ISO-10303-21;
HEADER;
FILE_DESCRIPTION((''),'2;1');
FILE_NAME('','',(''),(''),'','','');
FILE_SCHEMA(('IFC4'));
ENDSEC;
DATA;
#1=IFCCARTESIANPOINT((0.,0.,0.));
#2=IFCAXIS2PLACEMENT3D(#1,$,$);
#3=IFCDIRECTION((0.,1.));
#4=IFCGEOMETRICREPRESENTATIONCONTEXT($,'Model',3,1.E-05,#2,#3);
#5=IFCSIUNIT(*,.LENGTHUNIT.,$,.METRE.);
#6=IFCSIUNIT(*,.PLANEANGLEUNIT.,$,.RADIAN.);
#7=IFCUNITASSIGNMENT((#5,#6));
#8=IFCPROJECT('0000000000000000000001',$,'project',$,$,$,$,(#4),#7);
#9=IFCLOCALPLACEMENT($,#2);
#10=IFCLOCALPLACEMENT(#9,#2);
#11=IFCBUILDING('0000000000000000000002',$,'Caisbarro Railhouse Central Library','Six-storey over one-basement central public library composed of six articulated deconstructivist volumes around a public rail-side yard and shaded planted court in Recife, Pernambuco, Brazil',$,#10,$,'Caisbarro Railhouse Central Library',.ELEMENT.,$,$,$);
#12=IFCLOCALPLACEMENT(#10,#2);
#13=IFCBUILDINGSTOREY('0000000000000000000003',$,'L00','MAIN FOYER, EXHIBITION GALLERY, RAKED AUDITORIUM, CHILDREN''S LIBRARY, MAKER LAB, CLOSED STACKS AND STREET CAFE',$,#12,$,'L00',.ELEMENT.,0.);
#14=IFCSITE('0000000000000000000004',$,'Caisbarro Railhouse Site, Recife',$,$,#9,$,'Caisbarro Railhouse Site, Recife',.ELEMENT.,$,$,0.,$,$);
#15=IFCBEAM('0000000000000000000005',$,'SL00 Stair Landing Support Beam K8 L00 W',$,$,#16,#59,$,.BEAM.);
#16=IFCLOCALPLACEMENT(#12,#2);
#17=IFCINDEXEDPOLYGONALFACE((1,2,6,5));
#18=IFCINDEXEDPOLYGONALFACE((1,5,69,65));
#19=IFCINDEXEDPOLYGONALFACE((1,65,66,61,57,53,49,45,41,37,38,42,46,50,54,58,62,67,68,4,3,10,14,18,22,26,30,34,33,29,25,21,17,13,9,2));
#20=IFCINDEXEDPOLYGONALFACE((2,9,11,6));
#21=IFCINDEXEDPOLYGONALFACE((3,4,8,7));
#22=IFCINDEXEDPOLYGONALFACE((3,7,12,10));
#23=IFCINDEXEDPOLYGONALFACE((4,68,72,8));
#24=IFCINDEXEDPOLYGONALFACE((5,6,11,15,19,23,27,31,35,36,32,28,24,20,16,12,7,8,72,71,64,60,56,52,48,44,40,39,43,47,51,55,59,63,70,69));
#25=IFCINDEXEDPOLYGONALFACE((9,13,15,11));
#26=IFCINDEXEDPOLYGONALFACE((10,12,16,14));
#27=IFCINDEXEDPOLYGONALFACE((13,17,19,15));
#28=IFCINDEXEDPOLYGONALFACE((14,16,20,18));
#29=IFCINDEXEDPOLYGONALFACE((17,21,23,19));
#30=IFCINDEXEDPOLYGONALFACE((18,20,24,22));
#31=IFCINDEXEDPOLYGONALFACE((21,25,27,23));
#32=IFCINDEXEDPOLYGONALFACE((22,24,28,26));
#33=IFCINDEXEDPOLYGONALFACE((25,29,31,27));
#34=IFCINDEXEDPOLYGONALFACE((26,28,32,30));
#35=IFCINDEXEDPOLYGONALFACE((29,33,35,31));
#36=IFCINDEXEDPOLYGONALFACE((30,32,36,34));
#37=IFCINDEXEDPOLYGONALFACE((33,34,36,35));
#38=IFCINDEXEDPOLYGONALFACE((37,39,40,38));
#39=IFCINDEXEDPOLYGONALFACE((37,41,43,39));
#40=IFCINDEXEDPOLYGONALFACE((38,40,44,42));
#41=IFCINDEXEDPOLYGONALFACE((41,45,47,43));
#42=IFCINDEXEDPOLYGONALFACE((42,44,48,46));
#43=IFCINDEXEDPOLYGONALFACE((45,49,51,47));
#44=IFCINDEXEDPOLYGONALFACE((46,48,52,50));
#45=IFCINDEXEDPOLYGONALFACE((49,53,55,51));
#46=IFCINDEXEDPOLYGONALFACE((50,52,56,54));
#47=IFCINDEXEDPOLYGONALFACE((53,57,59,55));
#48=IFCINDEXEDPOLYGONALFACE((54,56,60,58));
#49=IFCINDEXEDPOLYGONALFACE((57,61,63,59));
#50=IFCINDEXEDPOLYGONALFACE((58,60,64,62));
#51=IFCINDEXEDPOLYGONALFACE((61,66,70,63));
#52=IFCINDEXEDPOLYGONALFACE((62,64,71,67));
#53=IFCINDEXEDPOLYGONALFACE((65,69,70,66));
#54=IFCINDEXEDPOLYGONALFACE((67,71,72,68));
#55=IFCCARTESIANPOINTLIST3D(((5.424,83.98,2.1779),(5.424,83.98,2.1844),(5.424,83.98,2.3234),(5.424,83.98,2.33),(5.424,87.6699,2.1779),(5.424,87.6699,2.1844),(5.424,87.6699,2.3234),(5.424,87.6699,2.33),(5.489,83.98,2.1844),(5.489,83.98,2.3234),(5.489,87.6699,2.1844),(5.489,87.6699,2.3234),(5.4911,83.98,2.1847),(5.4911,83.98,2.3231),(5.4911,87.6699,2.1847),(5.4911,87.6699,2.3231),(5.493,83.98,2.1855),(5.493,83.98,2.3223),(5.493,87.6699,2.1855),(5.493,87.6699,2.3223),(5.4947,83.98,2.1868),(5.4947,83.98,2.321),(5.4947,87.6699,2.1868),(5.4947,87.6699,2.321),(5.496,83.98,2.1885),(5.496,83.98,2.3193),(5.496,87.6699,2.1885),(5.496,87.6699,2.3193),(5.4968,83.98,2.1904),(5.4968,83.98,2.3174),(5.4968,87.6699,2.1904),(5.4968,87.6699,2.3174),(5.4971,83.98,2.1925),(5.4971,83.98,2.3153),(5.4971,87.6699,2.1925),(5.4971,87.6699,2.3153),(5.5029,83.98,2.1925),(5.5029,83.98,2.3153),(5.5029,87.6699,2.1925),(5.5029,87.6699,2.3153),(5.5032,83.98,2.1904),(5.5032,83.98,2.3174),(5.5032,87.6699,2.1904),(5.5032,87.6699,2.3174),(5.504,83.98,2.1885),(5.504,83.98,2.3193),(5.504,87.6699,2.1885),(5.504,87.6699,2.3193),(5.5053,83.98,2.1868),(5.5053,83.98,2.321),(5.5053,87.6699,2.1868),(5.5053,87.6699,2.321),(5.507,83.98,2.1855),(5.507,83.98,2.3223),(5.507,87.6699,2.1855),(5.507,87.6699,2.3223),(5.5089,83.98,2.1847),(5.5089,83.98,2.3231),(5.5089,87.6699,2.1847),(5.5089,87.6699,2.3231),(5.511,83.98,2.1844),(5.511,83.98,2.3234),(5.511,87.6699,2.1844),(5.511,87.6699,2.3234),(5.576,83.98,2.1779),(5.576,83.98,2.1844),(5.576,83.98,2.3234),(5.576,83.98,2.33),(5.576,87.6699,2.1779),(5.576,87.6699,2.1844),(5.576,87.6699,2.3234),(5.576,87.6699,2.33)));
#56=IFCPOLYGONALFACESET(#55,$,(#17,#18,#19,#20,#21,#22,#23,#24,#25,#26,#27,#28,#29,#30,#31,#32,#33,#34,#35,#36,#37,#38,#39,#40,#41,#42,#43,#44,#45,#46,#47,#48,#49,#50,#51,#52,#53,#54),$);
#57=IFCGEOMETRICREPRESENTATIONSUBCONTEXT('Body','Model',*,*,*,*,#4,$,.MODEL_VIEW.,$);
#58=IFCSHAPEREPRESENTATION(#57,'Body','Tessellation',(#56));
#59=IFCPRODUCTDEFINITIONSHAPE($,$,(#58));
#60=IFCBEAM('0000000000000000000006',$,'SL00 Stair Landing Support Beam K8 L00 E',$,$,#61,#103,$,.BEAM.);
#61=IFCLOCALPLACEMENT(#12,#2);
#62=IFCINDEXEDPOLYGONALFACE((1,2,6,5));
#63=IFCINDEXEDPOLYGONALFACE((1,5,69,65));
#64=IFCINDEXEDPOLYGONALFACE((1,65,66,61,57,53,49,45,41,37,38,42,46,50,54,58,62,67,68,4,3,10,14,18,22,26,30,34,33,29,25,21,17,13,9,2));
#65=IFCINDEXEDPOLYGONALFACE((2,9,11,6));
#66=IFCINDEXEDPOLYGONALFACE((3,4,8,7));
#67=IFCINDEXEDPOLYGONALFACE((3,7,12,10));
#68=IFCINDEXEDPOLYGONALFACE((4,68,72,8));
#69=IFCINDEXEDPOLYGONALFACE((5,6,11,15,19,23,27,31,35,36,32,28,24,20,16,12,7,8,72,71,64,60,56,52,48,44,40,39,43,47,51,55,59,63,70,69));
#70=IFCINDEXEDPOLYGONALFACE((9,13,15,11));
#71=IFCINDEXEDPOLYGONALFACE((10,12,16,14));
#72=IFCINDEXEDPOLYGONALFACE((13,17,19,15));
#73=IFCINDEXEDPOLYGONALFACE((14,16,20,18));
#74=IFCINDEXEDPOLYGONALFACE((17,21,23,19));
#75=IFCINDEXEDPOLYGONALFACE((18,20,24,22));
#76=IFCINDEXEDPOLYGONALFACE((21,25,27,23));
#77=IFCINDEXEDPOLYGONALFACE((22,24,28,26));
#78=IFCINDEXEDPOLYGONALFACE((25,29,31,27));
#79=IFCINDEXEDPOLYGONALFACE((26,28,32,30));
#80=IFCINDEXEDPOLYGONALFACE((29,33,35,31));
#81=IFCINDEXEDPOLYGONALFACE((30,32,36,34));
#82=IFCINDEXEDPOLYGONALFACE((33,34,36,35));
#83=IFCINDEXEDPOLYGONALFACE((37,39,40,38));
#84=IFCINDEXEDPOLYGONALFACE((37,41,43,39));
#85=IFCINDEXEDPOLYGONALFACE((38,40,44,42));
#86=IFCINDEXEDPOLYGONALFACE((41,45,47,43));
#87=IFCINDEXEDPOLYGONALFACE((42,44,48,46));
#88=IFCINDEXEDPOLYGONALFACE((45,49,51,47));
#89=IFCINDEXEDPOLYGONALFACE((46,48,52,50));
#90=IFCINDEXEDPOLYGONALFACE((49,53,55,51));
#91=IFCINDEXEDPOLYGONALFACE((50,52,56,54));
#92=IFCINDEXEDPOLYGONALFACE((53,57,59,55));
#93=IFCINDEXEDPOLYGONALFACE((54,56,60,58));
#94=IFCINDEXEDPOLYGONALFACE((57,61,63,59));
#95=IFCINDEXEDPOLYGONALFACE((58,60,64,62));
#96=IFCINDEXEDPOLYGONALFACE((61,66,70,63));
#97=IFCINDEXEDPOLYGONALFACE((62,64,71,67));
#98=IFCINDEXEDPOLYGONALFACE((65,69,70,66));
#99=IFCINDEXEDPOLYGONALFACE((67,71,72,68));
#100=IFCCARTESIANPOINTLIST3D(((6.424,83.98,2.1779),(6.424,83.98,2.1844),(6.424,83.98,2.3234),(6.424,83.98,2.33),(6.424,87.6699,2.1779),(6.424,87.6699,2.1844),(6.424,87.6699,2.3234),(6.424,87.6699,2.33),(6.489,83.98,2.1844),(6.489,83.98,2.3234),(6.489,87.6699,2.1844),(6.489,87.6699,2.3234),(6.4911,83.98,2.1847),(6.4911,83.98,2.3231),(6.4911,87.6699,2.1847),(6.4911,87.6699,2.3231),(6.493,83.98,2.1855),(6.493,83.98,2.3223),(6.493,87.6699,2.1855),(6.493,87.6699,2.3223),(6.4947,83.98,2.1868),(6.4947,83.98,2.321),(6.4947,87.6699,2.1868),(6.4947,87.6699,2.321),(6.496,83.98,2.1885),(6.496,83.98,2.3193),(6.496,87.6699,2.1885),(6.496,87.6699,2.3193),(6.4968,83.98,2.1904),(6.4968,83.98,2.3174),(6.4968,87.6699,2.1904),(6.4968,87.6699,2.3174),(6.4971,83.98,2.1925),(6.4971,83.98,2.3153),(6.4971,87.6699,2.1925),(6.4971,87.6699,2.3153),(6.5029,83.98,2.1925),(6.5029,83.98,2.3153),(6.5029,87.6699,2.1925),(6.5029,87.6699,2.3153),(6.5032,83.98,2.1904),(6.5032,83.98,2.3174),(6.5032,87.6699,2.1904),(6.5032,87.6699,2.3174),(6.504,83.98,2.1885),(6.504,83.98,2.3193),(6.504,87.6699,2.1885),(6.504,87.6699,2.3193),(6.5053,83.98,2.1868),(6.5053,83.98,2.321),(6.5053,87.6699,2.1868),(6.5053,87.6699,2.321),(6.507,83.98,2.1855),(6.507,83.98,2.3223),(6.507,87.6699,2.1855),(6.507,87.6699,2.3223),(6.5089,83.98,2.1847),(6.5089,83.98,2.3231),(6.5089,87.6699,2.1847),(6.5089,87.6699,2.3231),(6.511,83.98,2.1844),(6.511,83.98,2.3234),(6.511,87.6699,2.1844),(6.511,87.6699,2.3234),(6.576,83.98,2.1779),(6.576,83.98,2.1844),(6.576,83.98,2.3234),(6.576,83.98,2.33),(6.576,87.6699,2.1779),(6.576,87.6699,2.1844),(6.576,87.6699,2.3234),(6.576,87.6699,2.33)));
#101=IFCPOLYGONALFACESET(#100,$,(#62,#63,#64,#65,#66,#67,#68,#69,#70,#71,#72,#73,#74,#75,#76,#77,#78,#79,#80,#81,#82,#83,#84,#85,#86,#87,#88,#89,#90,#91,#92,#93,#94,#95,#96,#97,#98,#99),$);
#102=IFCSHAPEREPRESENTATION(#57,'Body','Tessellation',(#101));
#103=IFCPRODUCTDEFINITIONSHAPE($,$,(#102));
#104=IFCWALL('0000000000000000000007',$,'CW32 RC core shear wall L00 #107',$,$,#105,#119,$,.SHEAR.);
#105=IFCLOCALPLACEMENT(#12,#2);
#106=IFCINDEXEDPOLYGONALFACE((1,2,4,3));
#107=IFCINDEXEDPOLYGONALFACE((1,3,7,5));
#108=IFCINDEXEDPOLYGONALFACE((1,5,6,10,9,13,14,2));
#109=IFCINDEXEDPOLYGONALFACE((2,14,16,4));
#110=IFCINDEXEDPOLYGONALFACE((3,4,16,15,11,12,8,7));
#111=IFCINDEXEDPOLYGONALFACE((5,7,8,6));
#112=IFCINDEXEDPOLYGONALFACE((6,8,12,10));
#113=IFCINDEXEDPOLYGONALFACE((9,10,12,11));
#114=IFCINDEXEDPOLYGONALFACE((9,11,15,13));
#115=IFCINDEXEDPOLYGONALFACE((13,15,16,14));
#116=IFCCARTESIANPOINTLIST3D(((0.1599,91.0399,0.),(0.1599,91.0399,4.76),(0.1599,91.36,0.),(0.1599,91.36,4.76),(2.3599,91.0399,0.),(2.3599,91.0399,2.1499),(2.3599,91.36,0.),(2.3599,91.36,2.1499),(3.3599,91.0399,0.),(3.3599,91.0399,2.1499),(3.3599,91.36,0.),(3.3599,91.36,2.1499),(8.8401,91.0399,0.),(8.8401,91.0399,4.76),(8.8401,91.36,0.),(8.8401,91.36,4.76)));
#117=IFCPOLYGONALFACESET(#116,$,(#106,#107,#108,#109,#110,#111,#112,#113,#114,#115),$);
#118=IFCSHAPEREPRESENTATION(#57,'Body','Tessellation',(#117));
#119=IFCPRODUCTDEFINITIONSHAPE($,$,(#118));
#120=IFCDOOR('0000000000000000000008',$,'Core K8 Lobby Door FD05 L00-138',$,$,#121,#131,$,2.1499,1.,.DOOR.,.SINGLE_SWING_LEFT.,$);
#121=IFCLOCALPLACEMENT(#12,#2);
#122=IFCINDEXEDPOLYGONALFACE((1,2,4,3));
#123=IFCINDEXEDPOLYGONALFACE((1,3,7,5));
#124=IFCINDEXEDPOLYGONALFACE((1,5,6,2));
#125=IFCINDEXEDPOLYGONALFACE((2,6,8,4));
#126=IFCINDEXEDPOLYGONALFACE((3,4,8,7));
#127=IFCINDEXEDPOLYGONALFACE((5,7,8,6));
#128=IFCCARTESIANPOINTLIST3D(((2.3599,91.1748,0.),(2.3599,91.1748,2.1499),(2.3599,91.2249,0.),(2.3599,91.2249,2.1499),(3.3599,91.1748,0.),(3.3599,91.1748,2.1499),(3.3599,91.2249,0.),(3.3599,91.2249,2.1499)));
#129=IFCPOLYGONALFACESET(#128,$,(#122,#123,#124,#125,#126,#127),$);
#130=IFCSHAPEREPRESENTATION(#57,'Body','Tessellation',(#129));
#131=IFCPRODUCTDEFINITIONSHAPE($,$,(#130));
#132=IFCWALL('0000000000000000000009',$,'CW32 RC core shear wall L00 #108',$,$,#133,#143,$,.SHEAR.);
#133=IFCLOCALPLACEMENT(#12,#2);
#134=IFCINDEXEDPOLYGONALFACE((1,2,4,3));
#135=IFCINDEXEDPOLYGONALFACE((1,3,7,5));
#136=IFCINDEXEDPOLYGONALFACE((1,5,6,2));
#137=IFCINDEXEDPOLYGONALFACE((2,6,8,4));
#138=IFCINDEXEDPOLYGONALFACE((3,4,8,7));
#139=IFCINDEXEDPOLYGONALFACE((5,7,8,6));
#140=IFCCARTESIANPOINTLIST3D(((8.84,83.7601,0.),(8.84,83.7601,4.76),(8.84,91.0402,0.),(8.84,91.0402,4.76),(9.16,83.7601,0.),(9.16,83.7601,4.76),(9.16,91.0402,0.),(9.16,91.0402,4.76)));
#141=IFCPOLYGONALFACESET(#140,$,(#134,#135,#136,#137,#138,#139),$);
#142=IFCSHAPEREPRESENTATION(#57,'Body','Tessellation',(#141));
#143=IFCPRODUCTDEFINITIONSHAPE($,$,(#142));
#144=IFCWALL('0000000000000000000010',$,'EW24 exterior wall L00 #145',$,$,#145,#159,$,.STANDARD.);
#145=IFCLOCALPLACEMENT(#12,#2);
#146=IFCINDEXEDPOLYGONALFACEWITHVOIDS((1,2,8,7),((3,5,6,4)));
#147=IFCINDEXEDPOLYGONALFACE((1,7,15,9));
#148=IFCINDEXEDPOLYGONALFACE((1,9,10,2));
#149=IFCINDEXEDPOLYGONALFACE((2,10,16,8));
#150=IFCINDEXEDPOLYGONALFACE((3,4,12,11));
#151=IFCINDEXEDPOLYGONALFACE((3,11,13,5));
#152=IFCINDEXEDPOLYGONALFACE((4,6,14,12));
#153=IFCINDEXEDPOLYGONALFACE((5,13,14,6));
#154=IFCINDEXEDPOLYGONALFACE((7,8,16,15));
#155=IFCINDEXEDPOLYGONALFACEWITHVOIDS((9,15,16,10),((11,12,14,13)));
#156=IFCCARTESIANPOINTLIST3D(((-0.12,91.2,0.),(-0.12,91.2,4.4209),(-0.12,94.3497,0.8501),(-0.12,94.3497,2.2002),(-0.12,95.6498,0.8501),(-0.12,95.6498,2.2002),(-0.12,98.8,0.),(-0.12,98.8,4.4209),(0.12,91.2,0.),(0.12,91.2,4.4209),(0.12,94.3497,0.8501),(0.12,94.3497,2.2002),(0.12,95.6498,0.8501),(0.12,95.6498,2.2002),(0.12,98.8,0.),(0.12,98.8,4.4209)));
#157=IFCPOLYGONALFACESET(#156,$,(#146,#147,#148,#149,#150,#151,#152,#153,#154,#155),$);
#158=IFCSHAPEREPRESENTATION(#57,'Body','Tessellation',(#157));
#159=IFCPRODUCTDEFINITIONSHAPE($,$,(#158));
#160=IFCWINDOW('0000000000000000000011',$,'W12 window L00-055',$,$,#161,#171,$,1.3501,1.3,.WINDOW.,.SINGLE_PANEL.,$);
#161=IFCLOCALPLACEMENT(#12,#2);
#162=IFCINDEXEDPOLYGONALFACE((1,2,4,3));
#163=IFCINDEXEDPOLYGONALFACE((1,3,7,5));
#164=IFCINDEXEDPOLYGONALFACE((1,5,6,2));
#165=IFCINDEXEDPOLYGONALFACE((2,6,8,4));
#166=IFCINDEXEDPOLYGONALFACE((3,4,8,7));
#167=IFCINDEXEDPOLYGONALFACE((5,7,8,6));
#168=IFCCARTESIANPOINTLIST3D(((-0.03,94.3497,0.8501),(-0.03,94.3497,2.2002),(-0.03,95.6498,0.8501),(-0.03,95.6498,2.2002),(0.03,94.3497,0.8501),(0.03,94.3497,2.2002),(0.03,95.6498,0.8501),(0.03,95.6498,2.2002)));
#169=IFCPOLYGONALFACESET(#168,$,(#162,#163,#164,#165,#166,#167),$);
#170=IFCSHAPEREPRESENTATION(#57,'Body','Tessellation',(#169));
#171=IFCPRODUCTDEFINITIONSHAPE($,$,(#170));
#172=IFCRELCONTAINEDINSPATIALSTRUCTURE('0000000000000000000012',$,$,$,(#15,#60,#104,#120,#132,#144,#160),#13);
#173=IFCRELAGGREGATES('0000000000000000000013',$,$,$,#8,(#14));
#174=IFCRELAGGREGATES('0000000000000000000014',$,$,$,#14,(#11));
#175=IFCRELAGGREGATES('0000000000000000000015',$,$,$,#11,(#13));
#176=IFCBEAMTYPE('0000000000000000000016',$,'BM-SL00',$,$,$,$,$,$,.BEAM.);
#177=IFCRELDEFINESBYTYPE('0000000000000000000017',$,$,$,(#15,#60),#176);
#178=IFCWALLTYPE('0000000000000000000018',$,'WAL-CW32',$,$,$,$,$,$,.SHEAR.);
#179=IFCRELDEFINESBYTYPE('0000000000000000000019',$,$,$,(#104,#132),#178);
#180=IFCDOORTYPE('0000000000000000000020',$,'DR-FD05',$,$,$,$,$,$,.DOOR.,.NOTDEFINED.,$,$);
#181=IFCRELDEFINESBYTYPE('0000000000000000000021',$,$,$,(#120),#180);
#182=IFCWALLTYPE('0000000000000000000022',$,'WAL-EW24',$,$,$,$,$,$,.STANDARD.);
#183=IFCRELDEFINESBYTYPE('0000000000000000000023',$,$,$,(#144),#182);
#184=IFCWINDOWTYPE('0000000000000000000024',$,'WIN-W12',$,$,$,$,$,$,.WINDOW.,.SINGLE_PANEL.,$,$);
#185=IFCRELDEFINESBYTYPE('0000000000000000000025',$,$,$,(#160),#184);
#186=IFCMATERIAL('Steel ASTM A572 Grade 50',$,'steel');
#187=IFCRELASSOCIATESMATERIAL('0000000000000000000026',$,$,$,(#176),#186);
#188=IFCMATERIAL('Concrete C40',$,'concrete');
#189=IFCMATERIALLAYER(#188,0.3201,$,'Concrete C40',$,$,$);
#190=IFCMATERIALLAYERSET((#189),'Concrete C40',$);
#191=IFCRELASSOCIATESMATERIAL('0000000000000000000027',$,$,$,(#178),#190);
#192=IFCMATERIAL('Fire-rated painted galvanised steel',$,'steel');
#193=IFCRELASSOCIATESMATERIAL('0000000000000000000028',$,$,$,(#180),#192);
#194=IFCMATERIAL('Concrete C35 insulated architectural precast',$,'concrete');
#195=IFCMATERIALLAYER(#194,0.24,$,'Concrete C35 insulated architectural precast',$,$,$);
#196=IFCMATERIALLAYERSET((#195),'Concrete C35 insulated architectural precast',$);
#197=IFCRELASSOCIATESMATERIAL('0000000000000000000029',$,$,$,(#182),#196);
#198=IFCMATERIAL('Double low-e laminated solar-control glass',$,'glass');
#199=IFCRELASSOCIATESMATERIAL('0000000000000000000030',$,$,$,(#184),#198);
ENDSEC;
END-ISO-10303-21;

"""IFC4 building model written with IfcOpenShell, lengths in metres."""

from ifc_helpers import new_model, si_unit, direction, frame, frame_2d, origin, origin_2d, place, context, subcontext, project, spatial, rectangle, i_section, extrude, material, layer, layer_set, material_profile, profile_set, type_object, element, fill, save


model = new_model("IFC4")

# Units and contexts
model_context = context("Model", 3, precision=1e-05, world=origin(), true_north=direction((0.0, 1.0)))
body_context = subcontext(model_context, "Body", "Model", "MODEL_VIEW")
ifc_project = project(units=[si_unit("LENGTHUNIT", "METRE"), si_unit("PLANEANGLEUNIT", "RADIAN")], contexts=[model_context])

# Site, building, storey
site_placement = place(None, origin())
site = spatial("IfcSite", under=ifc_project, at=site_placement, Name="Caisbarro Railhouse Site, Recife", LongName="Caisbarro Railhouse Site, Recife", CompositionType="ELEMENT", RefElevation=0.0)
building_placement = place(site_placement, origin())
building = spatial("IfcBuilding", under=site, at=building_placement, Name="Caisbarro Railhouse Central Library", Description="Six-storey over one-basement central public library composed of six articulated deconstructivist volumes around a public rail-side yard and shaded planted court in Recife, Pernambuco, Brazil", LongName="Caisbarro Railhouse Central Library", CompositionType="ELEMENT")
storey_placement = place(building_placement, origin())
storey = spatial("IfcBuildingStorey", under=building, at=storey_placement, Name="L00", Description="MAIN FOYER, EXHIBITION GALLERY, RAKED AUDITORIUM, CHILDREN'S LIBRARY, MAKER LAB, CLOSED STACKS AND STREET CAFE", LongName="L00", CompositionType="ELEMENT", Elevation=0.0)

# Shared definitions
ifc_material_1 = material(Name="Steel ASTM A572 Grade 50", Category="steel")

# Beams
ifc_material_2 = material(Name="Concrete C40", Category="concrete")
ifc_material_profile_1 = material_profile(ifc_material_1, i_section(OverallWidth=0.1521, OverallDepth=0.1521, WebThickness=0.0059, FlangeThickness=0.0066, FilletRadius=0.0081, at=origin_2d()), Name="W150X22.5")
ifc_profile_set_1 = profile_set([ifc_material_profile_1], Name="Steel ASTM A572 Grade 50")
beam_type_1 = type_object("IfcBeamType", Name="BM-SL00", PredefinedType="BEAM", material=ifc_profile_set_1)
for number, where, z_axis, x_axis, name in (
    (1, (5.5, 83.98, 2.2539), (0.0, 1.0, 0.0), (-1.0, 0.0, 0.0), "SL00 Stair Landing Support Beam K8 L00 W"),
    (2, (6.5, 83.98, 2.2539), (0.0, 1.0, 0.0), (-1.0, 0.0, 0.0), "SL00 Stair Landing Support Beam K8 L00 E"),
):
    element("IfcBeam", number, at=place(storey_placement, frame(where, z_axis=z_axis, x_axis=x_axis)), inside=storey, type_object=beam_type_1, Name=name, PredefinedType="BEAM", context=body_context, shape_type="SweptSolid", body=[
        extrude(i_section(OverallWidth=0.1521, OverallDepth=0.1521, WebThickness=0.0059, FlangeThickness=0.0066, FilletRadius=0.0081, at=origin_2d()), origin(), (0.0, 0.0, 1.0), 3.6899),
    ])

# Wall, opening, door
ifc_layer_1 = layer(ifc_material_2, 0.3201, Name="Concrete C40")
ifc_layer_set_1 = layer_set([ifc_layer_1], Name="Concrete C40")
wall_type_1 = type_object("IfcWallType", Name="WAL-CW32", PredefinedType="SHEAR", material=ifc_layer_set_1)
wall_1_placement = place(storey_placement, frame((0.1599, 91.2, 0.0), z_axis=(0.0, 0.0, 1.0), x_axis=(1.0, 0.0, 0.0)))
wall_1 = element("IfcWall", 3, at=wall_1_placement, inside=storey, type_object=wall_type_1, Name="CW32 RC core shear wall L00 #107", PredefinedType="SHEAR", context=body_context, shape_type="SweptSolid", body=[
    extrude(rectangle(XDim=8.6802, YDim=0.3201, at=frame_2d((4.3401, 0.0))), origin(), (0.0, 0.0, 1.0), 4.76),
])
opening_1_placement = place(wall_1_placement, frame((2.2, 0.0, 0.0)))
opening_1 = element("IfcOpeningElement", 4, at=opening_1_placement, cuts=wall_1, PredefinedType="OPENING", context=body_context, shape_type="SweptSolid", body=[
    extrude(rectangle(XDim=1.0, YDim=2.1499, at=frame_2d((0.5, 1.075))), frame((0.0, 0.1699, 0.0), z_axis=(0.0, -1.0, 0.0), x_axis=(1.0, 0.0, 0.0)), (0.0, 0.0, 1.0), 0.3401),
])
ifc_material_3 = material(Name="Fire-rated painted galvanised steel", Category="steel")
door_type_1 = type_object("IfcDoorType", Name="DR-FD05", OperationType="NOTDEFINED", PredefinedType="DOOR", material=ifc_material_3)
door_1_placement = place(opening_1_placement, origin())
door_1 = element("IfcDoor", 5, at=door_1_placement, inside=storey, type_object=door_type_1, Name="Core K8 Lobby Door FD05 L00-138", OperationType="SINGLE_SWING_LEFT", OverallHeight=2.1499, OverallWidth=1.0, PredefinedType="DOOR", context=body_context, shape_type="SweptSolid", body=[
    extrude(rectangle(XDim=1.0, YDim=2.1499, at=frame_2d((0.5, 1.075))), frame((0.0, 0.0249, 0.0), z_axis=(0.0, -1.0, 0.0), x_axis=(1.0, 0.0, 0.0)), (0.0, 0.0, 1.0), 0.05),
])
fill(opening_1, door_1)

# Wall
wall_2_placement = place(storey_placement, frame((9.0, 83.76, 0.0), z_axis=(0.0, 0.0, 1.0), x_axis=(0.0, 1.0, 0.0)))
element("IfcWall", 6, at=wall_2_placement, inside=storey, type_object=wall_type_1, Name="CW32 RC core shear wall L00 #108", PredefinedType="SHEAR", context=body_context, shape_type="SweptSolid", body=[
    extrude(rectangle(XDim=7.28, YDim=0.3201, at=frame_2d((3.6401, 0.0))), origin(), (0.0, 0.0, 1.0), 4.76),
])

# Wall, opening, window
ifc_material_4 = material(Name="Concrete C35 insulated architectural precast", Category="concrete")
ifc_layer_2 = layer(ifc_material_4, 0.24, Name="Concrete C35 insulated architectural precast")
ifc_layer_set_2 = layer_set([ifc_layer_2], Name="Concrete C35 insulated architectural precast")
wall_type_2 = type_object("IfcWallType", Name="WAL-EW24", PredefinedType="STANDARD", material=ifc_layer_set_2)
wall_3_placement = place(storey_placement, frame((0.0, 91.2, 0.0), z_axis=(0.0, 0.0, 1.0), x_axis=(0.0, 1.0, 0.0)))
wall_3 = element("IfcWall", 7, at=wall_3_placement, inside=storey, type_object=wall_type_2, Name="EW24 exterior wall L00 #145", PredefinedType="STANDARD", context=body_context, shape_type="SweptSolid", body=[
    extrude(rectangle(XDim=7.6001, YDim=0.24, at=frame_2d((3.8, 0.0))), origin(), (0.0, 0.0, 1.0), 4.4209),
])
opening_2_placement = place(wall_3_placement, frame((3.1499, 0.0, 0.8501)))
opening_2 = element("IfcOpeningElement", 8, at=opening_2_placement, cuts=wall_3, PredefinedType="OPENING", context=body_context, shape_type="SweptSolid", body=[
    extrude(rectangle(XDim=1.3, YDim=1.3501, at=frame_2d((0.6499, 0.675))), frame((0.0, 0.1299, 0.0), z_axis=(0.0, -1.0, 0.0), x_axis=(1.0, 0.0, 0.0)), (0.0, 0.0, 1.0), 0.26),
])
ifc_material_5 = material(Name="Double low-e laminated solar-control glass", Category="glass")
window_type = type_object("IfcWindowType", Name="WIN-W12", PartitioningType="SINGLE_PANEL", PredefinedType="WINDOW", material=ifc_material_5)
window_placement = place(opening_2_placement, origin())
window = element("IfcWindow", 9, at=window_placement, inside=storey, type_object=window_type, Name="W12 window L00-055", OverallHeight=1.3501, OverallWidth=1.3, PartitioningType="SINGLE_PANEL", PredefinedType="WINDOW", context=body_context, shape_type="SweptSolid", body=[
    extrude(rectangle(XDim=1.3, YDim=1.3501, at=frame_2d((0.6499, 0.675))), frame((0.0, 0.03, 0.0), z_axis=(0.0, -1.0, 0.0), x_axis=(1.0, 0.0, 0.0)), (0.0, 0.0, 1.0), 0.0601),
])
fill(opening_2, window)

save(model, "model.ifc")
